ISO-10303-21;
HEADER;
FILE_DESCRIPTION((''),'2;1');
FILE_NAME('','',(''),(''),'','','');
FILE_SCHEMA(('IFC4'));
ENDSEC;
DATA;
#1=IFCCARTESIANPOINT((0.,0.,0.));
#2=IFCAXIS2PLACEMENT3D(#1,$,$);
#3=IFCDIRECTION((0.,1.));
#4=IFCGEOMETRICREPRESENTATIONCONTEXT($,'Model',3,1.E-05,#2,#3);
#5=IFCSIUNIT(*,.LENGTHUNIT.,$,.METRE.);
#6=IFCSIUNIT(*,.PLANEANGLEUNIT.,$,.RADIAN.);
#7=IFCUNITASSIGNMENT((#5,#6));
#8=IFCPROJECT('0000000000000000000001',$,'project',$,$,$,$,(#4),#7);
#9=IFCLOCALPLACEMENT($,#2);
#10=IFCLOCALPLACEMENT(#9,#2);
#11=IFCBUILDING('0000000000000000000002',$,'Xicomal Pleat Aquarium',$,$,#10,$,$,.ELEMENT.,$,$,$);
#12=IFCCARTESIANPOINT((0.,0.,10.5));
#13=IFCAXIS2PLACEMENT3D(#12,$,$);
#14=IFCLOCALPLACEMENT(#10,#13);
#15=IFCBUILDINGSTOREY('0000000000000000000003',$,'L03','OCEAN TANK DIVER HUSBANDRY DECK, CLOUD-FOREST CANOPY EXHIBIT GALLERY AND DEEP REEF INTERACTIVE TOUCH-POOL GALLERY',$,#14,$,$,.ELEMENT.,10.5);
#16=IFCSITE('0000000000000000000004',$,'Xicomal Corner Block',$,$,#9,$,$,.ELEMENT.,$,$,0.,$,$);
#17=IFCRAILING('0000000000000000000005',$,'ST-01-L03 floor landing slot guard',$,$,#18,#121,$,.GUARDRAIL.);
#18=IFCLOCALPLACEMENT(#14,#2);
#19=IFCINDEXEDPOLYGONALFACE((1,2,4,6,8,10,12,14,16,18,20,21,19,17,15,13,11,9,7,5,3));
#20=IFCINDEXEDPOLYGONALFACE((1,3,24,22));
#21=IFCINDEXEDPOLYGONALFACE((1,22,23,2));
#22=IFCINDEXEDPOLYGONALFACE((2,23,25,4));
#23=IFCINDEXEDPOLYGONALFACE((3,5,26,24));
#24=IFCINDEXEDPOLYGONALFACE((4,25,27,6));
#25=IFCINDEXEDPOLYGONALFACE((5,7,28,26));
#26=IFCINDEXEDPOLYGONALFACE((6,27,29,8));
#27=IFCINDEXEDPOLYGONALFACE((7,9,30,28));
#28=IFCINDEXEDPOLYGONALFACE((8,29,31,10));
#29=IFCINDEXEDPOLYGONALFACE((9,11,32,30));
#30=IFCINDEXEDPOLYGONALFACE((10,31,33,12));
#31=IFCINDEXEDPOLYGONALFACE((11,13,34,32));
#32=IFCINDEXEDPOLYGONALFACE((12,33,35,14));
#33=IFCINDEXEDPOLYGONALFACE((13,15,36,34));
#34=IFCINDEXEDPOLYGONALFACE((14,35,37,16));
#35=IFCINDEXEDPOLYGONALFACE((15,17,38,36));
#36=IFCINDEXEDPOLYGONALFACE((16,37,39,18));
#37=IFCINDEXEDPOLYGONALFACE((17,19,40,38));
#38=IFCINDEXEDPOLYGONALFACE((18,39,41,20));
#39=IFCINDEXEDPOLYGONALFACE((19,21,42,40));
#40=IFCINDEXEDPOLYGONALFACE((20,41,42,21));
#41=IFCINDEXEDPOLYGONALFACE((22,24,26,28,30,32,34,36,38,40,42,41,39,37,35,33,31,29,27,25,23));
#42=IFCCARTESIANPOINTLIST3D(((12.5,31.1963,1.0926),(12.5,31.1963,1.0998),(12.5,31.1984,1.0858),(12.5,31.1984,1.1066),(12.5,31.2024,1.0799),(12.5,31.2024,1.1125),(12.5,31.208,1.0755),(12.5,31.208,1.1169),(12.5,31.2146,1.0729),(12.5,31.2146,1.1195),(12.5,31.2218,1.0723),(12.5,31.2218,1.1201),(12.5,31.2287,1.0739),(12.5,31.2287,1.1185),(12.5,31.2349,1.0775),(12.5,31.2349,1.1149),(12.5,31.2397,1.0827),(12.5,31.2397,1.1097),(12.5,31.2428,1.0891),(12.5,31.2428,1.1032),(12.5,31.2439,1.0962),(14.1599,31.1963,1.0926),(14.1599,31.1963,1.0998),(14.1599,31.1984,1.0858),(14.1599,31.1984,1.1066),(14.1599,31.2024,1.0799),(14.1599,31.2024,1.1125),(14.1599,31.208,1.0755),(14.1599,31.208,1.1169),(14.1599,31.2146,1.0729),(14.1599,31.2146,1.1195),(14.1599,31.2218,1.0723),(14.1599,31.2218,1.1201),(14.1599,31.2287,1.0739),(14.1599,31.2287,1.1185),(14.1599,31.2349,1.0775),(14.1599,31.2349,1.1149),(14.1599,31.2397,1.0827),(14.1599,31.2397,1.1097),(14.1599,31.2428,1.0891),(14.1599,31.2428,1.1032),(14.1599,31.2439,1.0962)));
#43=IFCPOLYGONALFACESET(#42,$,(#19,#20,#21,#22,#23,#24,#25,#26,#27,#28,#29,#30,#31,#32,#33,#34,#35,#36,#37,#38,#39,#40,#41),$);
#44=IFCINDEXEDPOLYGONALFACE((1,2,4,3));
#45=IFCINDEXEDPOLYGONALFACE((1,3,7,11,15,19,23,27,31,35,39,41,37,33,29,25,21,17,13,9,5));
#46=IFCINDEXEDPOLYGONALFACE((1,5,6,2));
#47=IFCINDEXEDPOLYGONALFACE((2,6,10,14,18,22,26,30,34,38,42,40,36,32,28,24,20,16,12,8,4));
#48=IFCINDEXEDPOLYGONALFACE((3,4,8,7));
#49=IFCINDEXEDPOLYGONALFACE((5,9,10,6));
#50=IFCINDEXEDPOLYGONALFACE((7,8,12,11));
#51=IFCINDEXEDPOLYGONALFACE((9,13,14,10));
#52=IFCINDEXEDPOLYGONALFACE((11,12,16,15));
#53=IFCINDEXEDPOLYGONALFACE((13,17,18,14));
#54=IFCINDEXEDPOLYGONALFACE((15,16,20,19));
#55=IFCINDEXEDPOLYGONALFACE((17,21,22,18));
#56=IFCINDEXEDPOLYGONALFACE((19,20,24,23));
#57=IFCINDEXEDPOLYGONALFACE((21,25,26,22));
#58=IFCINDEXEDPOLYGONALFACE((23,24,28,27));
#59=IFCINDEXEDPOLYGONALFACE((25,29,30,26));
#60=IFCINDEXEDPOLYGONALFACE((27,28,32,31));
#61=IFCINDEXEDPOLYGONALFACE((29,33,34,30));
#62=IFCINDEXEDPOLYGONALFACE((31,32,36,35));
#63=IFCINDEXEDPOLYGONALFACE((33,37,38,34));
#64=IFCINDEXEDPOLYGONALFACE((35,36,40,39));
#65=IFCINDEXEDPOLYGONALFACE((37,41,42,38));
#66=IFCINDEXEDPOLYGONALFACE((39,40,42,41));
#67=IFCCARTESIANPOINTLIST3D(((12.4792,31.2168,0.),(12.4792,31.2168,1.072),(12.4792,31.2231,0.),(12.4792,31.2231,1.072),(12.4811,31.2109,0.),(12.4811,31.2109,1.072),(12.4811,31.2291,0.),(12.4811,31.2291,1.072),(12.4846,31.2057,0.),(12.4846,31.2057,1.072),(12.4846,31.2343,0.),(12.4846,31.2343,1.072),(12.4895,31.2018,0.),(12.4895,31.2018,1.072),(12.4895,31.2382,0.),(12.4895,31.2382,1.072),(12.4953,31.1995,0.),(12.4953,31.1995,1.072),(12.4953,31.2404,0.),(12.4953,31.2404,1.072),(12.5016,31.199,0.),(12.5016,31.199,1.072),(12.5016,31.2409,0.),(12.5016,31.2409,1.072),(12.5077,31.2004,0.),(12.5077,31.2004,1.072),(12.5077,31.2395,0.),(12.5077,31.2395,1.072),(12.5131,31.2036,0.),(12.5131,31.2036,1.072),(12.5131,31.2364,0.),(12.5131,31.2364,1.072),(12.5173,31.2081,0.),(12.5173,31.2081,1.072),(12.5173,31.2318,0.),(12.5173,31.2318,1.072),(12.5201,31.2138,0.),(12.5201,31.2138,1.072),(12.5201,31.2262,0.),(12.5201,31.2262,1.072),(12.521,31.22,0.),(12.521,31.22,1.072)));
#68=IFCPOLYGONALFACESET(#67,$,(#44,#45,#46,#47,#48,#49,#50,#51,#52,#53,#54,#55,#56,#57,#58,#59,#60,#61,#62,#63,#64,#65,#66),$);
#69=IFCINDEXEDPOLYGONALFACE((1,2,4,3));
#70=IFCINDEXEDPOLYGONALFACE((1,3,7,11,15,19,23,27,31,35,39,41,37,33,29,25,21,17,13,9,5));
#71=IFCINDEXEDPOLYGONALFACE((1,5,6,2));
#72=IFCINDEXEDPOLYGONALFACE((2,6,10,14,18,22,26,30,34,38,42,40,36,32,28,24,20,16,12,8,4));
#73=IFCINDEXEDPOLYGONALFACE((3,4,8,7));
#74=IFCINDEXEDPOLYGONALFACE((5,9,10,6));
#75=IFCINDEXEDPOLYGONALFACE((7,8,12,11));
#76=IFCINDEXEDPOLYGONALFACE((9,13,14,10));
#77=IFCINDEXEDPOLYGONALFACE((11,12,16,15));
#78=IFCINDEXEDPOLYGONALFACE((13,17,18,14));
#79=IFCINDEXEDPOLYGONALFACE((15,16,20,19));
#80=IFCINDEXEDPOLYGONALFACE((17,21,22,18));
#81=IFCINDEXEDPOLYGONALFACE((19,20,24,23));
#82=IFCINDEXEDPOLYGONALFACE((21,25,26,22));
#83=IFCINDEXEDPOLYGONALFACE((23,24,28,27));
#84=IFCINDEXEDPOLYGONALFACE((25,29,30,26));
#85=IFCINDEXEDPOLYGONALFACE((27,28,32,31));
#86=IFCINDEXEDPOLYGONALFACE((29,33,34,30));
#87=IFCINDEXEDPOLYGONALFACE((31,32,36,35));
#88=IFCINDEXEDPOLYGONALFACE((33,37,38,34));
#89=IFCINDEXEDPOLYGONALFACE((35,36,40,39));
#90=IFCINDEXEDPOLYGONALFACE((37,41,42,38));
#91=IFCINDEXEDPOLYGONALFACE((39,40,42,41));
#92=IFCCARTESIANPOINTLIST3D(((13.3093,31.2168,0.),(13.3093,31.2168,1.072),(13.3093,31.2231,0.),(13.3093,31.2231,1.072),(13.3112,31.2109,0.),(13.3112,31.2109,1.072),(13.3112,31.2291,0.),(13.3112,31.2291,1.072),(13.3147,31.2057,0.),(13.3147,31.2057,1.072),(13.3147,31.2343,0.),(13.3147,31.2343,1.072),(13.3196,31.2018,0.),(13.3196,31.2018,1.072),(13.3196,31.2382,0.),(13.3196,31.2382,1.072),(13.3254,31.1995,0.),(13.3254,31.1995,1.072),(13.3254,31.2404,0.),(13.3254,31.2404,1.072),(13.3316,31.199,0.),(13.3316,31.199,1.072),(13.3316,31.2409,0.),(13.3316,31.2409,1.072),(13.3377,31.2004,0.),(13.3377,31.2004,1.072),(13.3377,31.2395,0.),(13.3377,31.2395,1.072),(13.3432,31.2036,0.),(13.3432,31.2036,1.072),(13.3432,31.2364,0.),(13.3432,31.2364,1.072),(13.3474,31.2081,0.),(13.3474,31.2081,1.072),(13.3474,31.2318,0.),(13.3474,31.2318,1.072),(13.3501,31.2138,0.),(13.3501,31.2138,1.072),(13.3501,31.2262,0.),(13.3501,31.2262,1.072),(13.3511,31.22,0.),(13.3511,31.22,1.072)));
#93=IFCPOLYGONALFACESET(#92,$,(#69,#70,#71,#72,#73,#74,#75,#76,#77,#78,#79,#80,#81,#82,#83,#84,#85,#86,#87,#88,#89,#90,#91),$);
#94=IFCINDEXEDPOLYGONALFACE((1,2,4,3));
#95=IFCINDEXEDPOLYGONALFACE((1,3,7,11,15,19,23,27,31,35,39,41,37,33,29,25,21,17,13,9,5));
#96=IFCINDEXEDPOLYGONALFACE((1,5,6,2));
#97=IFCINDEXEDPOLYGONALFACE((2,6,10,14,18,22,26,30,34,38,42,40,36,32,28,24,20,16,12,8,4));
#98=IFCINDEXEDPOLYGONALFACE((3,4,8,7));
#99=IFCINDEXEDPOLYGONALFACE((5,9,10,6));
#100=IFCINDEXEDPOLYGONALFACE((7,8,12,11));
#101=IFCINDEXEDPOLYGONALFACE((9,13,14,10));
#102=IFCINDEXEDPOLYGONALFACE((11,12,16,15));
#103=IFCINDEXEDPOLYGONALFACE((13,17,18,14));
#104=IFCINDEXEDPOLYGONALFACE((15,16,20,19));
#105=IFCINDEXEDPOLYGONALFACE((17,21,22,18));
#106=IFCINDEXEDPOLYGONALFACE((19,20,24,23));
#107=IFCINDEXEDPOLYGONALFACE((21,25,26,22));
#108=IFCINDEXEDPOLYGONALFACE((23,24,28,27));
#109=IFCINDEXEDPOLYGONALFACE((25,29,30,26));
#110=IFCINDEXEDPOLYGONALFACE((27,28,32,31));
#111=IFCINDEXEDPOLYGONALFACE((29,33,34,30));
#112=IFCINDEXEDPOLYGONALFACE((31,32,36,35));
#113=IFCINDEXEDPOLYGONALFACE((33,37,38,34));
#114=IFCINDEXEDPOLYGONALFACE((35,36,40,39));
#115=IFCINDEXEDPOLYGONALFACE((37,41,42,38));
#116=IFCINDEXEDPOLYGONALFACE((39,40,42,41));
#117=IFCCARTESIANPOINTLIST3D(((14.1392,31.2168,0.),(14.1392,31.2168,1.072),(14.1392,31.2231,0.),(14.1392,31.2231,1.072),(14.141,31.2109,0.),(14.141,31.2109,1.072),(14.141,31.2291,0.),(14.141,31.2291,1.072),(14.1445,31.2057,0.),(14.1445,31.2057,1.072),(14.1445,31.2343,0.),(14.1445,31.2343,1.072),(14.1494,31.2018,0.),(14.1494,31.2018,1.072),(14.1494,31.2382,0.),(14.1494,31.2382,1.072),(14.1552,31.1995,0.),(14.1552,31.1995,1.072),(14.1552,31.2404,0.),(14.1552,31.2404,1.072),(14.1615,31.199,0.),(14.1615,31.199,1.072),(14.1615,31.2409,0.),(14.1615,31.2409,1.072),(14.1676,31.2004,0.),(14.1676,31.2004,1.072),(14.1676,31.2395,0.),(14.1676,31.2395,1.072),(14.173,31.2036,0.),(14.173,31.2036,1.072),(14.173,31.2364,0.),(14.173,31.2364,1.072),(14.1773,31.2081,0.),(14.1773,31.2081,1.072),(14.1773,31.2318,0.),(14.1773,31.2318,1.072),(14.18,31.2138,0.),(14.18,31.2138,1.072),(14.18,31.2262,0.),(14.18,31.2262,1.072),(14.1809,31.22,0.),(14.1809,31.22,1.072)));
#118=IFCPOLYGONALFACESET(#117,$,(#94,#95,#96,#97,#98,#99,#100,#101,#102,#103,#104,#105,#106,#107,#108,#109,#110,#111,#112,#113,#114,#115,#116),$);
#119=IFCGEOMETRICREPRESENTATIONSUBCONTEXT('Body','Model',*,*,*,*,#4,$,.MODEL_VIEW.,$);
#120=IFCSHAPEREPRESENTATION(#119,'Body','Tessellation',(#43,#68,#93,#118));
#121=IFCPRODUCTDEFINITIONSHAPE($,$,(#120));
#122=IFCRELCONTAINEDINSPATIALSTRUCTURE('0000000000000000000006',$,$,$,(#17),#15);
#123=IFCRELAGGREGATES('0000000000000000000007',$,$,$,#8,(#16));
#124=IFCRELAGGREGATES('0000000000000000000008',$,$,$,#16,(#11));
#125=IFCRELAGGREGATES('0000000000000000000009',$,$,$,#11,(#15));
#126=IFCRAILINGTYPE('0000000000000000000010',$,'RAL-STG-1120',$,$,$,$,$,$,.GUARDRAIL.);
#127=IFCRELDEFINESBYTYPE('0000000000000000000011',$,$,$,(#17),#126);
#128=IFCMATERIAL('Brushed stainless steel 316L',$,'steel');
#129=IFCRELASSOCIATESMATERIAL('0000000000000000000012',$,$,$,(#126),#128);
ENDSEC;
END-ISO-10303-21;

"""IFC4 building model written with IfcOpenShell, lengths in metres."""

from ifc_helpers import new_model, si_unit, direction, frame, origin, origin_2d, place, context, subcontext, project, spatial, circle, extrude, material, type_object, element, save


model = new_model("IFC4")

# Units and contexts
model_context = context("Model", 3, precision=1e-05, world=origin(), true_north=direction((0.0, 1.0)))
body_context = subcontext(model_context, "Body", "Model", "MODEL_VIEW")
ifc_project = project(units=[si_unit("LENGTHUNIT", "METRE"), si_unit("PLANEANGLEUNIT", "RADIAN")], contexts=[model_context])

# Site, building, storey
site_placement = place(None, origin())
site = spatial("IfcSite", under=ifc_project, at=site_placement, Name="Xicomal Corner Block", CompositionType="ELEMENT", RefElevation=0.0)
building_placement = place(site_placement, origin())
building = spatial("IfcBuilding", under=site, at=building_placement, Name="Xicomal Pleat Aquarium", CompositionType="ELEMENT")
storey_placement = place(building_placement, frame((0.0, 0.0, 10.5)))
storey = spatial("IfcBuildingStorey", under=building, at=storey_placement, Name="L03", Description="OCEAN TANK DIVER HUSBANDRY DECK, CLOUD-FOREST CANOPY EXHIBIT GALLERY AND DEEP REEF INTERACTIVE TOUCH-POOL GALLERY", CompositionType="ELEMENT", Elevation=10.5)

# Railing
ifc_material_1 = material(Name="Brushed stainless steel 316L", Category="steel")
railing_type_1 = type_object("IfcRailingType", Name="RAL-STG-1120", PredefinedType="GUARDRAIL", material=ifc_material_1)
railing_1_placement = place(storey_placement, frame((12.5, 31.22, 0.0)))
element("IfcRailing", 1, at=railing_1_placement, inside=storey, type_object=railing_type_1, Name="ST-01-L03 floor landing slot guard", PredefinedType="GUARDRAIL", context=body_context, shape_type="SweptSolid", body=[
    extrude(circle(Radius=0.0239, at=origin_2d()), frame((0.0, 0.0, 1.0962), z_axis=(1.0, 0.0, 0.0), x_axis=(0.0, 1.0, 0.0)), (0.0, 0.0, 1.0), 1.6599),
    extrude(circle(Radius=0.021, at=origin_2d()), origin(), (0.0, 0.0, 1.0), 1.072),
    extrude(circle(Radius=0.021, at=origin_2d()), frame((0.8301, 0.0, 0.0)), (0.0, 0.0, 1.0), 1.072),
    extrude(circle(Radius=0.021, at=origin_2d()), frame((1.6599, 0.0, 0.0)), (0.0, 0.0, 1.0), 1.072),
])

save(model, "model.ifc")
